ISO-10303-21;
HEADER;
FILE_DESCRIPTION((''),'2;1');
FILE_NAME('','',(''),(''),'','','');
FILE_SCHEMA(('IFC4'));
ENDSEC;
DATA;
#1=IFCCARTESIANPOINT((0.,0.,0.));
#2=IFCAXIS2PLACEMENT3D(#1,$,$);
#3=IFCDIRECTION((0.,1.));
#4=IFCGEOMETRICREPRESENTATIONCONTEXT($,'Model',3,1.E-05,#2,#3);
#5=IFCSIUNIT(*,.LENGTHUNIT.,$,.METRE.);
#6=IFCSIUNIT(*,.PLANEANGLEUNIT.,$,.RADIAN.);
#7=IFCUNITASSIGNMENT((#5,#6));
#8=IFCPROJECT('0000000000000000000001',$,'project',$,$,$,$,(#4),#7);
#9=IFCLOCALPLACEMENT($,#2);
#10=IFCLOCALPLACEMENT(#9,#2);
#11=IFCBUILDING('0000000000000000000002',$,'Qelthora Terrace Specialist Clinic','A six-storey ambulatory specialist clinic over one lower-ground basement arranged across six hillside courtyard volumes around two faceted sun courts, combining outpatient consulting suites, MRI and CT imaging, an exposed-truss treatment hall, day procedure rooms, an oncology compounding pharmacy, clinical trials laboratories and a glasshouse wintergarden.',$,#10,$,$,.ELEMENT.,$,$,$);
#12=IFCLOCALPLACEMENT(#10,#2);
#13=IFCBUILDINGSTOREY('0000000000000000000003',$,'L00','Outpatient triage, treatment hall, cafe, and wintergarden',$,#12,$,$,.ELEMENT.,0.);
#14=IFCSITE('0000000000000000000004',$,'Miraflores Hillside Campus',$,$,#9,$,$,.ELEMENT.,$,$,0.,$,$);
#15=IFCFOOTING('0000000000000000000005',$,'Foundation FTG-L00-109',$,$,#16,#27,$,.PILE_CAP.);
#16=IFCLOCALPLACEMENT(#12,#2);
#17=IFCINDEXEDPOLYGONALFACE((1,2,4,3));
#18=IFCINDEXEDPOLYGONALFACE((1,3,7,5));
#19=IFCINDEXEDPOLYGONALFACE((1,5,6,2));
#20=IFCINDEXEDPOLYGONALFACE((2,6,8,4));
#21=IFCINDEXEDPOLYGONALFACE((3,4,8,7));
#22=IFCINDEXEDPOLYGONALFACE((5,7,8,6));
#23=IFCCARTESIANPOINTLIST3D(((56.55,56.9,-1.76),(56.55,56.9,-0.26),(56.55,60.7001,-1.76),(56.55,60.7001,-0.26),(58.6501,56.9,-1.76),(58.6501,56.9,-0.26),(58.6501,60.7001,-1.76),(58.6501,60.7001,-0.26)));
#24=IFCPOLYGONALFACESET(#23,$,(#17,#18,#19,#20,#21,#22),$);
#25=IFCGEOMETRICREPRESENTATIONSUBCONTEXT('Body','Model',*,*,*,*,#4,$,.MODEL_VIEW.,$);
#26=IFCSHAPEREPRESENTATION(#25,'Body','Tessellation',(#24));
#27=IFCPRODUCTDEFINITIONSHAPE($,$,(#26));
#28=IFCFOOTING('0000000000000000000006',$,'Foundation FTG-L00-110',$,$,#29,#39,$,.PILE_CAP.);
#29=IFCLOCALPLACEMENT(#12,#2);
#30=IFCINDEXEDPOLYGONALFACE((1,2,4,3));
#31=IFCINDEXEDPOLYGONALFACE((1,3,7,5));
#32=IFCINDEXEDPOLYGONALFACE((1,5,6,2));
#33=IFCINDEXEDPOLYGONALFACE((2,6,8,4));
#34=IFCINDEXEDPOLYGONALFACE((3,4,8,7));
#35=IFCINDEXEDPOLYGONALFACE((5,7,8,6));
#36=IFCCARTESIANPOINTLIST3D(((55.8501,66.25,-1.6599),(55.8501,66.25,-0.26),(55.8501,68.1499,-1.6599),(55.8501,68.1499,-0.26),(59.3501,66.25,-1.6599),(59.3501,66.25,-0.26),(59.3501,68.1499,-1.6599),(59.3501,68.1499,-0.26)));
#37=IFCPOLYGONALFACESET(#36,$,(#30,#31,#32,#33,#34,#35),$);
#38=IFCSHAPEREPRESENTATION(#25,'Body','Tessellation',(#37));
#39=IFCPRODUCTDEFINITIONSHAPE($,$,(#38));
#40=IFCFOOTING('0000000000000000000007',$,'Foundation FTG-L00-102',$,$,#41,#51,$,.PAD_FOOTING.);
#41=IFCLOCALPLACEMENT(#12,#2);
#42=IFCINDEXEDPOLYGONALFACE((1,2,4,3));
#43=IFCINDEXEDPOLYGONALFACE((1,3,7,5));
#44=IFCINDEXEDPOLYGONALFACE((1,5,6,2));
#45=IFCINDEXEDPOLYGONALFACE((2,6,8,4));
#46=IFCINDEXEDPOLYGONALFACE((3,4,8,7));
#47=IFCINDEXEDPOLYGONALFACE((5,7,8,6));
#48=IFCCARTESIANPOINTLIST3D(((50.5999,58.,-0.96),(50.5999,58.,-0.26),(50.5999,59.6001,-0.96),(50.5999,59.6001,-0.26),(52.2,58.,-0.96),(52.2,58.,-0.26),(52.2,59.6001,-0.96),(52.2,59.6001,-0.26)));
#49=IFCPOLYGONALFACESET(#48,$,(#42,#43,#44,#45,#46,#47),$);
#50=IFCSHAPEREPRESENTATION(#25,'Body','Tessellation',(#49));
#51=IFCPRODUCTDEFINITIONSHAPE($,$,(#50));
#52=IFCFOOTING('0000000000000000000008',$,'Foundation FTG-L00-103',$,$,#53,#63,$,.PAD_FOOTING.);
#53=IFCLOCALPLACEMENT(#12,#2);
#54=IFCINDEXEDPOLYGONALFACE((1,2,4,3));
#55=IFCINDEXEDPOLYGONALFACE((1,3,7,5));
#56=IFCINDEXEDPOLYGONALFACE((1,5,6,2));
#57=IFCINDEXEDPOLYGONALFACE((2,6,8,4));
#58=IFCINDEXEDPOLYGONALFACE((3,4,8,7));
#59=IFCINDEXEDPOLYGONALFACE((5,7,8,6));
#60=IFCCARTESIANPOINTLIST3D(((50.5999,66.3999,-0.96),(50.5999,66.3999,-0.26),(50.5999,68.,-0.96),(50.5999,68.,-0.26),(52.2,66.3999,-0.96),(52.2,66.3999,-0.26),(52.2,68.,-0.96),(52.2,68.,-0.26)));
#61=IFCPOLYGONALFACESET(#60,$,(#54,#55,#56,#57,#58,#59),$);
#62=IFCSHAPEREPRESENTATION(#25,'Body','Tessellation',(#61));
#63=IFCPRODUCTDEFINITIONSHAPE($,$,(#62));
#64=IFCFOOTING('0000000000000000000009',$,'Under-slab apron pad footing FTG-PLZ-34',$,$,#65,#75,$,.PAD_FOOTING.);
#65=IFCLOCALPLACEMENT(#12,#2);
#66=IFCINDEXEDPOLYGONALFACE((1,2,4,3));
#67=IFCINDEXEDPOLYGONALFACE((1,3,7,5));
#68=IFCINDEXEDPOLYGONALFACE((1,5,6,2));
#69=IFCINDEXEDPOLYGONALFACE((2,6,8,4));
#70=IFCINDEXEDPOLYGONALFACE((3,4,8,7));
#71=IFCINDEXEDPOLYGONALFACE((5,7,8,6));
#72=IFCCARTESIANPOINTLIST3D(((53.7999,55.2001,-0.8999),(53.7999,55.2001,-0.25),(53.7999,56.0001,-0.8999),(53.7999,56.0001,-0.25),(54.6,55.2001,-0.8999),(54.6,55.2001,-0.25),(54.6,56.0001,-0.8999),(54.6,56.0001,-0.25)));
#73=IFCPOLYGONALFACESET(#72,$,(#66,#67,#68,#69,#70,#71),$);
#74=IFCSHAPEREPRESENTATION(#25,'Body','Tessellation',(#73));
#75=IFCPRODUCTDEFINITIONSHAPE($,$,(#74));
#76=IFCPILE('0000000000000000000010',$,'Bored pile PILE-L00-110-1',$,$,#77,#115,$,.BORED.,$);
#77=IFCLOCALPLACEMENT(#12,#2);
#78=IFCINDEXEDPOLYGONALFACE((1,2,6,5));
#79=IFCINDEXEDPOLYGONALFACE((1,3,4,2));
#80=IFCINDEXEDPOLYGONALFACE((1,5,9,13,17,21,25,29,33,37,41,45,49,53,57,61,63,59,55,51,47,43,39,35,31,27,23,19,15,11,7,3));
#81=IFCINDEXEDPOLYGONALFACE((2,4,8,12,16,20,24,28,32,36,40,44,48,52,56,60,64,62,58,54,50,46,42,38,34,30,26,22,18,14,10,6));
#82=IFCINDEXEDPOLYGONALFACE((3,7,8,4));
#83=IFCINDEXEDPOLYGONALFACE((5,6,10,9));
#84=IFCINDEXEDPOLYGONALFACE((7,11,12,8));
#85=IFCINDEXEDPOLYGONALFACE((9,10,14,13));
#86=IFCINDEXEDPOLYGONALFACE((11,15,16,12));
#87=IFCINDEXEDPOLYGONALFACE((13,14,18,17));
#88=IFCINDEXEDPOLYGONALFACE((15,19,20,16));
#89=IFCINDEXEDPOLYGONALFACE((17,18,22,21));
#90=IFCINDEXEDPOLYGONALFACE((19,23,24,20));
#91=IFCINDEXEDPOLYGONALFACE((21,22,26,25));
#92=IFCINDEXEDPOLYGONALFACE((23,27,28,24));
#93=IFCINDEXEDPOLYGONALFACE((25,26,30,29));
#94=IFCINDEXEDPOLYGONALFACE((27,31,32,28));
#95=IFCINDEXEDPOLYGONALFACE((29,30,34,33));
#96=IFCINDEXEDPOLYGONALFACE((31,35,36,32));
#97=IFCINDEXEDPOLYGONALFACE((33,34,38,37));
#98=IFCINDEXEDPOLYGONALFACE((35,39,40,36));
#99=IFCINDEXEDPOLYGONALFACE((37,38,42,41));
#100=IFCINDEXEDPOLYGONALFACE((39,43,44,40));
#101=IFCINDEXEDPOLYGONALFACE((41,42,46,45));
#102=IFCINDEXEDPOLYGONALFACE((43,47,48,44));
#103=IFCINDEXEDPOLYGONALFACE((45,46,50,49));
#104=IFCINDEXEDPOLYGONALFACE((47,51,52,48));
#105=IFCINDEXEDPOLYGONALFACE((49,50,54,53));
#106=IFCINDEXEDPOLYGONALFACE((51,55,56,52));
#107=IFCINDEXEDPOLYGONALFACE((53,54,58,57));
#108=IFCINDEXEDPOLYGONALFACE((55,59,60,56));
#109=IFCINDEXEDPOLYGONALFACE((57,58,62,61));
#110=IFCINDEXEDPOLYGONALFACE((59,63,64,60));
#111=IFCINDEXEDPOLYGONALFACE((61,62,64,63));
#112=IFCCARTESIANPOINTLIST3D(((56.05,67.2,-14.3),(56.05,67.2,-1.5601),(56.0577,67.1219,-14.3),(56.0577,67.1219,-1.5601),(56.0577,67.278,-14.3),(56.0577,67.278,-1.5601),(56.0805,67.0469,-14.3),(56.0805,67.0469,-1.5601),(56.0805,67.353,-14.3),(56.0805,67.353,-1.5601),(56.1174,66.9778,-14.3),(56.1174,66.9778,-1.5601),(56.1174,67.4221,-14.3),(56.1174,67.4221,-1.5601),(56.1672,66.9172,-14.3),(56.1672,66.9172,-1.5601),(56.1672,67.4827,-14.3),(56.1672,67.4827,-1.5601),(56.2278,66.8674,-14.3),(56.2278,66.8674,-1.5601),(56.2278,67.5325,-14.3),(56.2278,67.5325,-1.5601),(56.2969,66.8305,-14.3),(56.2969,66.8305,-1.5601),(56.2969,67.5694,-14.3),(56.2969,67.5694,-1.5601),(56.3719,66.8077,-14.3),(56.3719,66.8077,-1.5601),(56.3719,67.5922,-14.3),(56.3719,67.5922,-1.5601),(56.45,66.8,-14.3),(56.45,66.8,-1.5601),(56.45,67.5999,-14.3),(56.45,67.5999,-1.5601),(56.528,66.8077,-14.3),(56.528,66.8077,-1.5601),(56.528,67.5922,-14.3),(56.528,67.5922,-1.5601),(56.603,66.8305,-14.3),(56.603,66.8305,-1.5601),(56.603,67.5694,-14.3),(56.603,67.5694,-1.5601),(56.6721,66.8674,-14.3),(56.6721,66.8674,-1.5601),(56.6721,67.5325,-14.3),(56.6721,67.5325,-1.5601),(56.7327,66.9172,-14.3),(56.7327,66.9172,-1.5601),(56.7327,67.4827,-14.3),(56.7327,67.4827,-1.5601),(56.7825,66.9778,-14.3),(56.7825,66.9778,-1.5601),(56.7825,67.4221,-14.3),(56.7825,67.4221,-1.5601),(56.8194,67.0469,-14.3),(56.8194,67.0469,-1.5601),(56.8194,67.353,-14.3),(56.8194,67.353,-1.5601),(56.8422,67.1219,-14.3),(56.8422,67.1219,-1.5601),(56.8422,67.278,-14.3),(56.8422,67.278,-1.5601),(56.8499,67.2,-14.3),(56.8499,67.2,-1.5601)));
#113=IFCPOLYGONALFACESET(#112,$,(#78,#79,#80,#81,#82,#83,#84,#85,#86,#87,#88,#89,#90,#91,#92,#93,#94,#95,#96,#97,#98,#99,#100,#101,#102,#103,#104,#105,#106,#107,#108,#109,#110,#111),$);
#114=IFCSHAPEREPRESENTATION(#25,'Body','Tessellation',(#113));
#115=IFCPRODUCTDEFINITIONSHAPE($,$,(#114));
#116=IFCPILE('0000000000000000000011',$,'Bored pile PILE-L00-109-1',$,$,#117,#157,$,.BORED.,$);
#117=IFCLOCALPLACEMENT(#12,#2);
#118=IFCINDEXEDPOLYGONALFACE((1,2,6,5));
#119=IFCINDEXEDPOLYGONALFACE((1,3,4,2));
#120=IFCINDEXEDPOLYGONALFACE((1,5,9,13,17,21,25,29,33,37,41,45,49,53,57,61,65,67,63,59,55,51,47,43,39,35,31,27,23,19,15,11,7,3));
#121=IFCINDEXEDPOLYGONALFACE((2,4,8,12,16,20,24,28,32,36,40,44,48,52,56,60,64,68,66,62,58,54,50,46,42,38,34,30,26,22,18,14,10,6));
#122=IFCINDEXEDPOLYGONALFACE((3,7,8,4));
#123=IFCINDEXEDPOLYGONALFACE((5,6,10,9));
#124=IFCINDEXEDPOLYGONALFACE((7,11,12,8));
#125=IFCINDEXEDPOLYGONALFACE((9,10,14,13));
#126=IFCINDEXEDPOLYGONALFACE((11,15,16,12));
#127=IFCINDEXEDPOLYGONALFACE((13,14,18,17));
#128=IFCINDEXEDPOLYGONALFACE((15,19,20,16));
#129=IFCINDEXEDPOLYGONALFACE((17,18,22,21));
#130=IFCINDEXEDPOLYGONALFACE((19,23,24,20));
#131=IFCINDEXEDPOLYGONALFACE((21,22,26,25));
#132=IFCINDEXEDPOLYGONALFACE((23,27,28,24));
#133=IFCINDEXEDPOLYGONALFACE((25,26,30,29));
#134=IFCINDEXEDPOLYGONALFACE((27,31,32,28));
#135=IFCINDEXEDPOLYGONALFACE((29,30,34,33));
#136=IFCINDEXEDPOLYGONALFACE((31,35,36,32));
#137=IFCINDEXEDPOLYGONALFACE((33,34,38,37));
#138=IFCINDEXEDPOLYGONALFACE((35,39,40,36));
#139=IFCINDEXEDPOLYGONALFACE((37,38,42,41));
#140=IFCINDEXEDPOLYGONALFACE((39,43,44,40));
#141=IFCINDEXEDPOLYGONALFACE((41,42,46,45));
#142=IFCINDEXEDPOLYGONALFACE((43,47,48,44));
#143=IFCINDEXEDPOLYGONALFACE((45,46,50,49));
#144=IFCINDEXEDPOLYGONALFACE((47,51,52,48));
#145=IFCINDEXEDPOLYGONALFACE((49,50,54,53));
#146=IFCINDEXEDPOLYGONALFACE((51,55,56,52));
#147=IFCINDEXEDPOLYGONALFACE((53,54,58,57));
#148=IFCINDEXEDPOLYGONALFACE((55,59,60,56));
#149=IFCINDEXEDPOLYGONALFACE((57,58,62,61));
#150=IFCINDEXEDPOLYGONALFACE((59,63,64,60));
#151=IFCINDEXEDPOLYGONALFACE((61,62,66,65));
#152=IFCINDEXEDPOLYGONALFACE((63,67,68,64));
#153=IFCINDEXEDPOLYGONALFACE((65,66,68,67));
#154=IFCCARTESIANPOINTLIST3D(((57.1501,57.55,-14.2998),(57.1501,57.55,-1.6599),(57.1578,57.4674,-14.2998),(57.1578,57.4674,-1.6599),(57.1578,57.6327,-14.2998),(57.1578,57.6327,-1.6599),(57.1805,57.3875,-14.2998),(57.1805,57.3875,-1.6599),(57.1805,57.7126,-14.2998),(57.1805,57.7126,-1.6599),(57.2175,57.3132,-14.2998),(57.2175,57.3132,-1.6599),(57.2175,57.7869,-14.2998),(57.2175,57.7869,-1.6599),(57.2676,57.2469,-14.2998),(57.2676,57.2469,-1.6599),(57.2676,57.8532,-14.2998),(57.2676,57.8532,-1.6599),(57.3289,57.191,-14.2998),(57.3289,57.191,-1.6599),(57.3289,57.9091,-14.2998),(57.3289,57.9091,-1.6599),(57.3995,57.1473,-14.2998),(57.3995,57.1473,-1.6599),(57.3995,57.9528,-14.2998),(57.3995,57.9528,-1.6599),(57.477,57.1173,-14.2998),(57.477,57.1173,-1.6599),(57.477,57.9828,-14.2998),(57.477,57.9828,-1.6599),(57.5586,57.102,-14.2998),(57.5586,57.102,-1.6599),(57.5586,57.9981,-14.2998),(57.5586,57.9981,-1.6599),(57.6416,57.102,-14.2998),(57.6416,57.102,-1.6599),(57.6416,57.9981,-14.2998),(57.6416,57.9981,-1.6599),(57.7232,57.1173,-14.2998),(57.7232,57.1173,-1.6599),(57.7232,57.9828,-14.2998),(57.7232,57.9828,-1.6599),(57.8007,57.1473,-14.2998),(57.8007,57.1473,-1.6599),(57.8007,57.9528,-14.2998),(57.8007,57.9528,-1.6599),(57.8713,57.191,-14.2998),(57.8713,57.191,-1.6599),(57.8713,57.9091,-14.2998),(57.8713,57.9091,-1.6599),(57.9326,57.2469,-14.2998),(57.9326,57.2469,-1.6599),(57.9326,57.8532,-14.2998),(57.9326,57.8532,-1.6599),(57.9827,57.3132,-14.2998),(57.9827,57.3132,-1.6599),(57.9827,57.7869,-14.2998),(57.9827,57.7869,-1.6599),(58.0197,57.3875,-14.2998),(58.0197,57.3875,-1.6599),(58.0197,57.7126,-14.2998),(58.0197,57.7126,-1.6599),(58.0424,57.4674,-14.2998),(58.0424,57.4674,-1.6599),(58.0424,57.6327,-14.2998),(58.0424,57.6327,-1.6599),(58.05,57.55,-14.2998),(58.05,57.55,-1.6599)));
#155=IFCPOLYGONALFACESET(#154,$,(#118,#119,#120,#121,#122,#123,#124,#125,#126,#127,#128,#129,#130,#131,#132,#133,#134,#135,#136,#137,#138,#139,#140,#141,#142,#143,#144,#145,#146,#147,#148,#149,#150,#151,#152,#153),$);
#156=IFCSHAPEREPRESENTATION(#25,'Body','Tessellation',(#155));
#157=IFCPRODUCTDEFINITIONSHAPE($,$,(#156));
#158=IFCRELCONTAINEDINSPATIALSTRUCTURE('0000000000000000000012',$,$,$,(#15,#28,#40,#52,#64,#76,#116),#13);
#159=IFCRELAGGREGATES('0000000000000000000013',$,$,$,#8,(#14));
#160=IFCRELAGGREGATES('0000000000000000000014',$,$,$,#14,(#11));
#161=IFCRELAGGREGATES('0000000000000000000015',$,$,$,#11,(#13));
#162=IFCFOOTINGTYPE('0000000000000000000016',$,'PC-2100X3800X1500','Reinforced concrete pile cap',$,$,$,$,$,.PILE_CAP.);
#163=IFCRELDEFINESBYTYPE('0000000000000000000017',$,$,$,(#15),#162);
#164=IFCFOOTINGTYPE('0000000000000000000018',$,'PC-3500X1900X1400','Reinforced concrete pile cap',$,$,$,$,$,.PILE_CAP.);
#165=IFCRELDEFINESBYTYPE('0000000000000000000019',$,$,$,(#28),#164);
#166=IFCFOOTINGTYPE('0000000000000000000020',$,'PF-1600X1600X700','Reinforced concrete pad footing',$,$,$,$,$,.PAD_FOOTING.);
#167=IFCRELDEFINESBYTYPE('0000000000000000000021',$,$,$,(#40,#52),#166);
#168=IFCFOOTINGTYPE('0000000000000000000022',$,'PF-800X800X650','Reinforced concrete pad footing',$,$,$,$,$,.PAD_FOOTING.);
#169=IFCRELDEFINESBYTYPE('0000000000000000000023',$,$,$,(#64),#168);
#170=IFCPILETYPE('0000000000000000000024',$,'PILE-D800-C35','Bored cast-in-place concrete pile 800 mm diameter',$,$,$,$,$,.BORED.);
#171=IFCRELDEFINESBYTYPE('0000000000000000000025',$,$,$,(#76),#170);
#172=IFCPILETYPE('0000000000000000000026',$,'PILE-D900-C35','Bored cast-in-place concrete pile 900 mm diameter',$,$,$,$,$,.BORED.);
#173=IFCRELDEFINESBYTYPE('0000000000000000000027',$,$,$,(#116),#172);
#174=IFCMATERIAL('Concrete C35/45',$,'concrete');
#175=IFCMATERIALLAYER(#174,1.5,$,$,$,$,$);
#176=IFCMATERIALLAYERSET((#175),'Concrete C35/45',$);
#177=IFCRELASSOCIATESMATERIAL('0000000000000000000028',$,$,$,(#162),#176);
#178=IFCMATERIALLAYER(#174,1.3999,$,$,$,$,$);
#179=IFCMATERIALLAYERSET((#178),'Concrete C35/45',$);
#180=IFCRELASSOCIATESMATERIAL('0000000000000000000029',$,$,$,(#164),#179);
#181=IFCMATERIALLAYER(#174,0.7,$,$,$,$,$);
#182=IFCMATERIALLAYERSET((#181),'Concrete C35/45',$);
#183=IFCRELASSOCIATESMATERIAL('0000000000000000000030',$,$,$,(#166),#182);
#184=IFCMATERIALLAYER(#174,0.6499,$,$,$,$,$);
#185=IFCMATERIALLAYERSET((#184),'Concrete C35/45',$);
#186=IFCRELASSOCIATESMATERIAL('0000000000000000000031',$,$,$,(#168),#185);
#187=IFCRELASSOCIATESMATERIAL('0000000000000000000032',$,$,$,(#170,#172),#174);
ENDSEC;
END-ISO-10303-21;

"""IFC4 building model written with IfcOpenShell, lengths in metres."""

from ifc_helpers import new_model, si_unit, direction, frame, origin, origin_2d, place, context, subcontext, project, spatial, rectangle, circle, extrude, material, layer, layer_set, material_profile, profile_set, type_object, element, save


model = new_model("IFC4")

# Units and contexts
model_context = context("Model", 3, precision=1e-05, world=origin(), true_north=direction((0.0, 1.0)))
body_context = subcontext(model_context, "Body", "Model", "MODEL_VIEW")
ifc_project = project(units=[si_unit("LENGTHUNIT", "METRE"), si_unit("PLANEANGLEUNIT", "RADIAN")], contexts=[model_context])

# Site, building, storey
site_placement = place(None, origin())
site = spatial("IfcSite", under=ifc_project, at=site_placement, Name="Miraflores Hillside Campus", CompositionType="ELEMENT", RefElevation=0.0)
building_placement = place(site_placement, origin())
building = spatial("IfcBuilding", under=site, at=building_placement, Name="Qelthora Terrace Specialist Clinic", Description="A six-storey ambulatory specialist clinic over one lower-ground basement arranged across six hillside courtyard volumes around two faceted sun courts, combining outpatient consulting suites, MRI and CT imaging, an exposed-truss treatment hall, day procedure rooms, an oncology compounding pharmacy, clinical trials laboratories and a glasshouse wintergarden.", CompositionType="ELEMENT")
storey_placement = place(building_placement, origin())
storey = spatial("IfcBuildingStorey", under=building, at=storey_placement, Name="L00", Description="Outpatient triage, treatment hall, cafe, and wintergarden", CompositionType="ELEMENT", Elevation=0.0)

# Footings
ifc_material_1 = material(Name="Concrete C35/45", Category="concrete")
ifc_layer_1 = layer(ifc_material_1, 1.5)
ifc_layer_set_1 = layer_set([ifc_layer_1], Name="Concrete C35/45")
footing_type_1 = type_object("IfcFootingType", Name="PC-2100X3800X1500", Description="Reinforced concrete pile cap", PredefinedType="PILE_CAP", material=ifc_layer_set_1)
footing_1_placement = place(storey_placement, frame((57.6001, 58.8, -1.76), z_axis=(0.0, 0.0, 1.0), x_axis=(1.0, 0.0, 0.0)))
element("IfcFooting", 1, at=footing_1_placement, inside=storey, type_object=footing_type_1, Name="Foundation FTG-L00-109", PredefinedType="PILE_CAP", context=body_context, shape_type="SweptSolid", body=[
    extrude(rectangle(XDim=2.1001, YDim=3.8, at=origin_2d()), origin(), (0.0, 0.0, 1.0), 1.5),
])
ifc_layer_2 = layer(ifc_material_1, 1.3999)
ifc_layer_set_2 = layer_set([ifc_layer_2], Name="Concrete C35/45")
footing_type_2 = type_object("IfcFootingType", Name="PC-3500X1900X1400", Description="Reinforced concrete pile cap", PredefinedType="PILE_CAP", material=ifc_layer_set_2)
footing_2_placement = place(storey_placement, frame((57.6001, 67.2, -1.6599), z_axis=(0.0, 0.0, 1.0), x_axis=(1.0, 0.0, 0.0)))
element("IfcFooting", 2, at=footing_2_placement, inside=storey, type_object=footing_type_2, Name="Foundation FTG-L00-110", PredefinedType="PILE_CAP", context=body_context, shape_type="SweptSolid", body=[
    extrude(rectangle(XDim=3.5, YDim=1.8999, at=origin_2d()), origin(), (0.0, 0.0, 1.0), 1.3999),
])
ifc_layer_3 = layer(ifc_material_1, 0.7)
ifc_layer_set_3 = layer_set([ifc_layer_3], Name="Concrete C35/45")
footing_type_3 = type_object("IfcFootingType", Name="PF-1600X1600X700", Description="Reinforced concrete pad footing", PredefinedType="PAD_FOOTING", material=ifc_layer_set_3)
for number, where, z_axis, x_axis, name in (
    (3, (51.3999, 58.8, -0.96), (0.0, 0.0, 1.0), (1.0, 0.0, 0.0), "Foundation FTG-L00-102"),
    (4, (51.3999, 67.2, -0.96), (0.0, 0.0, 1.0), (1.0, 0.0, 0.0), "Foundation FTG-L00-103"),
):
    element("IfcFooting", number, at=place(storey_placement, frame(where, z_axis=z_axis, x_axis=x_axis)), inside=storey, type_object=footing_type_3, Name=name, PredefinedType="PAD_FOOTING", context=body_context, shape_type="SweptSolid", body=[
        extrude(rectangle(XDim=1.6001, YDim=1.6001, at=origin_2d()), origin(), (0.0, 0.0, 1.0), 0.7),
    ])
ifc_layer_4 = layer(ifc_material_1, 0.6499)
ifc_layer_set_4 = layer_set([ifc_layer_4], Name="Concrete C35/45")
footing_type_4 = type_object("IfcFootingType", Name="PF-800X800X650", Description="Reinforced concrete pad footing", PredefinedType="PAD_FOOTING", material=ifc_layer_set_4)
footing_3_placement = place(storey_placement, frame((54.2, 55.6001, -0.8999), z_axis=(0.0, 0.0, 1.0), x_axis=(1.0, 0.0, 0.0)))
element("IfcFooting", 5, at=footing_3_placement, inside=storey, type_object=footing_type_4, Name="Under-slab apron pad footing FTG-PLZ-34", PredefinedType="PAD_FOOTING", context=body_context, shape_type="SweptSolid", body=[
    extrude(rectangle(XDim=0.8, YDim=0.8, at=origin_2d()), origin(), (0.0, 0.0, 1.0), 0.6499),
])

# Piles
ifc_material_profile_1 = material_profile(ifc_material_1, circle(Radius=0.3999, at=origin_2d()), Name="PILE800")
ifc_profile_set_1 = profile_set([ifc_material_profile_1], Name="Concrete C35/45")
pile_type_1 = type_object("IfcPileType", Name="PILE-D800-C35", Description="Bored cast-in-place concrete pile 800 mm diameter", PredefinedType="BORED", material=ifc_profile_set_1)
pile_placement = place(storey_placement, frame((56.45, 67.2, -1.5601), z_axis=(0.0, 0.0, -1.0), x_axis=(1.0, 0.0, 0.0)))
element("IfcPile", 6, at=pile_placement, inside=storey, type_object=pile_type_1, Name="Bored pile PILE-L00-110-1", PredefinedType="BORED", context=body_context, shape_type="SweptSolid", body=[
    extrude(circle(Radius=0.3999, at=origin_2d()), origin(), (0.0, 0.0, 1.0), 12.74),
])
ifc_material_profile_2 = material_profile(ifc_material_1, circle(Radius=0.45, at=origin_2d()), Name="PILE900")
ifc_profile_set_2 = profile_set([ifc_material_profile_2], Name="Concrete C35/45")
pile_type_2 = type_object("IfcPileType", Name="PILE-D900-C35", Description="Bored cast-in-place concrete pile 900 mm diameter", PredefinedType="BORED", material=ifc_profile_set_2)
for number, where, z_axis, x_axis, name in (
    (7, (57.6001, 57.55, -1.6599), (0.0, 0.0, -1.0), (1.0, 0.0, 0.0), "Bored pile PILE-L00-109-1"),
):
    element("IfcPile", number, at=place(storey_placement, frame(where, z_axis=z_axis, x_axis=x_axis)), inside=storey, type_object=pile_type_2, Name=name, PredefinedType="BORED", context=body_context, shape_type="SweptSolid", body=[
        extrude(circle(Radius=0.45, at=origin_2d()), origin(), (0.0, 0.0, 1.0), 12.6399),
    ])

save(model, "model.ifc")
